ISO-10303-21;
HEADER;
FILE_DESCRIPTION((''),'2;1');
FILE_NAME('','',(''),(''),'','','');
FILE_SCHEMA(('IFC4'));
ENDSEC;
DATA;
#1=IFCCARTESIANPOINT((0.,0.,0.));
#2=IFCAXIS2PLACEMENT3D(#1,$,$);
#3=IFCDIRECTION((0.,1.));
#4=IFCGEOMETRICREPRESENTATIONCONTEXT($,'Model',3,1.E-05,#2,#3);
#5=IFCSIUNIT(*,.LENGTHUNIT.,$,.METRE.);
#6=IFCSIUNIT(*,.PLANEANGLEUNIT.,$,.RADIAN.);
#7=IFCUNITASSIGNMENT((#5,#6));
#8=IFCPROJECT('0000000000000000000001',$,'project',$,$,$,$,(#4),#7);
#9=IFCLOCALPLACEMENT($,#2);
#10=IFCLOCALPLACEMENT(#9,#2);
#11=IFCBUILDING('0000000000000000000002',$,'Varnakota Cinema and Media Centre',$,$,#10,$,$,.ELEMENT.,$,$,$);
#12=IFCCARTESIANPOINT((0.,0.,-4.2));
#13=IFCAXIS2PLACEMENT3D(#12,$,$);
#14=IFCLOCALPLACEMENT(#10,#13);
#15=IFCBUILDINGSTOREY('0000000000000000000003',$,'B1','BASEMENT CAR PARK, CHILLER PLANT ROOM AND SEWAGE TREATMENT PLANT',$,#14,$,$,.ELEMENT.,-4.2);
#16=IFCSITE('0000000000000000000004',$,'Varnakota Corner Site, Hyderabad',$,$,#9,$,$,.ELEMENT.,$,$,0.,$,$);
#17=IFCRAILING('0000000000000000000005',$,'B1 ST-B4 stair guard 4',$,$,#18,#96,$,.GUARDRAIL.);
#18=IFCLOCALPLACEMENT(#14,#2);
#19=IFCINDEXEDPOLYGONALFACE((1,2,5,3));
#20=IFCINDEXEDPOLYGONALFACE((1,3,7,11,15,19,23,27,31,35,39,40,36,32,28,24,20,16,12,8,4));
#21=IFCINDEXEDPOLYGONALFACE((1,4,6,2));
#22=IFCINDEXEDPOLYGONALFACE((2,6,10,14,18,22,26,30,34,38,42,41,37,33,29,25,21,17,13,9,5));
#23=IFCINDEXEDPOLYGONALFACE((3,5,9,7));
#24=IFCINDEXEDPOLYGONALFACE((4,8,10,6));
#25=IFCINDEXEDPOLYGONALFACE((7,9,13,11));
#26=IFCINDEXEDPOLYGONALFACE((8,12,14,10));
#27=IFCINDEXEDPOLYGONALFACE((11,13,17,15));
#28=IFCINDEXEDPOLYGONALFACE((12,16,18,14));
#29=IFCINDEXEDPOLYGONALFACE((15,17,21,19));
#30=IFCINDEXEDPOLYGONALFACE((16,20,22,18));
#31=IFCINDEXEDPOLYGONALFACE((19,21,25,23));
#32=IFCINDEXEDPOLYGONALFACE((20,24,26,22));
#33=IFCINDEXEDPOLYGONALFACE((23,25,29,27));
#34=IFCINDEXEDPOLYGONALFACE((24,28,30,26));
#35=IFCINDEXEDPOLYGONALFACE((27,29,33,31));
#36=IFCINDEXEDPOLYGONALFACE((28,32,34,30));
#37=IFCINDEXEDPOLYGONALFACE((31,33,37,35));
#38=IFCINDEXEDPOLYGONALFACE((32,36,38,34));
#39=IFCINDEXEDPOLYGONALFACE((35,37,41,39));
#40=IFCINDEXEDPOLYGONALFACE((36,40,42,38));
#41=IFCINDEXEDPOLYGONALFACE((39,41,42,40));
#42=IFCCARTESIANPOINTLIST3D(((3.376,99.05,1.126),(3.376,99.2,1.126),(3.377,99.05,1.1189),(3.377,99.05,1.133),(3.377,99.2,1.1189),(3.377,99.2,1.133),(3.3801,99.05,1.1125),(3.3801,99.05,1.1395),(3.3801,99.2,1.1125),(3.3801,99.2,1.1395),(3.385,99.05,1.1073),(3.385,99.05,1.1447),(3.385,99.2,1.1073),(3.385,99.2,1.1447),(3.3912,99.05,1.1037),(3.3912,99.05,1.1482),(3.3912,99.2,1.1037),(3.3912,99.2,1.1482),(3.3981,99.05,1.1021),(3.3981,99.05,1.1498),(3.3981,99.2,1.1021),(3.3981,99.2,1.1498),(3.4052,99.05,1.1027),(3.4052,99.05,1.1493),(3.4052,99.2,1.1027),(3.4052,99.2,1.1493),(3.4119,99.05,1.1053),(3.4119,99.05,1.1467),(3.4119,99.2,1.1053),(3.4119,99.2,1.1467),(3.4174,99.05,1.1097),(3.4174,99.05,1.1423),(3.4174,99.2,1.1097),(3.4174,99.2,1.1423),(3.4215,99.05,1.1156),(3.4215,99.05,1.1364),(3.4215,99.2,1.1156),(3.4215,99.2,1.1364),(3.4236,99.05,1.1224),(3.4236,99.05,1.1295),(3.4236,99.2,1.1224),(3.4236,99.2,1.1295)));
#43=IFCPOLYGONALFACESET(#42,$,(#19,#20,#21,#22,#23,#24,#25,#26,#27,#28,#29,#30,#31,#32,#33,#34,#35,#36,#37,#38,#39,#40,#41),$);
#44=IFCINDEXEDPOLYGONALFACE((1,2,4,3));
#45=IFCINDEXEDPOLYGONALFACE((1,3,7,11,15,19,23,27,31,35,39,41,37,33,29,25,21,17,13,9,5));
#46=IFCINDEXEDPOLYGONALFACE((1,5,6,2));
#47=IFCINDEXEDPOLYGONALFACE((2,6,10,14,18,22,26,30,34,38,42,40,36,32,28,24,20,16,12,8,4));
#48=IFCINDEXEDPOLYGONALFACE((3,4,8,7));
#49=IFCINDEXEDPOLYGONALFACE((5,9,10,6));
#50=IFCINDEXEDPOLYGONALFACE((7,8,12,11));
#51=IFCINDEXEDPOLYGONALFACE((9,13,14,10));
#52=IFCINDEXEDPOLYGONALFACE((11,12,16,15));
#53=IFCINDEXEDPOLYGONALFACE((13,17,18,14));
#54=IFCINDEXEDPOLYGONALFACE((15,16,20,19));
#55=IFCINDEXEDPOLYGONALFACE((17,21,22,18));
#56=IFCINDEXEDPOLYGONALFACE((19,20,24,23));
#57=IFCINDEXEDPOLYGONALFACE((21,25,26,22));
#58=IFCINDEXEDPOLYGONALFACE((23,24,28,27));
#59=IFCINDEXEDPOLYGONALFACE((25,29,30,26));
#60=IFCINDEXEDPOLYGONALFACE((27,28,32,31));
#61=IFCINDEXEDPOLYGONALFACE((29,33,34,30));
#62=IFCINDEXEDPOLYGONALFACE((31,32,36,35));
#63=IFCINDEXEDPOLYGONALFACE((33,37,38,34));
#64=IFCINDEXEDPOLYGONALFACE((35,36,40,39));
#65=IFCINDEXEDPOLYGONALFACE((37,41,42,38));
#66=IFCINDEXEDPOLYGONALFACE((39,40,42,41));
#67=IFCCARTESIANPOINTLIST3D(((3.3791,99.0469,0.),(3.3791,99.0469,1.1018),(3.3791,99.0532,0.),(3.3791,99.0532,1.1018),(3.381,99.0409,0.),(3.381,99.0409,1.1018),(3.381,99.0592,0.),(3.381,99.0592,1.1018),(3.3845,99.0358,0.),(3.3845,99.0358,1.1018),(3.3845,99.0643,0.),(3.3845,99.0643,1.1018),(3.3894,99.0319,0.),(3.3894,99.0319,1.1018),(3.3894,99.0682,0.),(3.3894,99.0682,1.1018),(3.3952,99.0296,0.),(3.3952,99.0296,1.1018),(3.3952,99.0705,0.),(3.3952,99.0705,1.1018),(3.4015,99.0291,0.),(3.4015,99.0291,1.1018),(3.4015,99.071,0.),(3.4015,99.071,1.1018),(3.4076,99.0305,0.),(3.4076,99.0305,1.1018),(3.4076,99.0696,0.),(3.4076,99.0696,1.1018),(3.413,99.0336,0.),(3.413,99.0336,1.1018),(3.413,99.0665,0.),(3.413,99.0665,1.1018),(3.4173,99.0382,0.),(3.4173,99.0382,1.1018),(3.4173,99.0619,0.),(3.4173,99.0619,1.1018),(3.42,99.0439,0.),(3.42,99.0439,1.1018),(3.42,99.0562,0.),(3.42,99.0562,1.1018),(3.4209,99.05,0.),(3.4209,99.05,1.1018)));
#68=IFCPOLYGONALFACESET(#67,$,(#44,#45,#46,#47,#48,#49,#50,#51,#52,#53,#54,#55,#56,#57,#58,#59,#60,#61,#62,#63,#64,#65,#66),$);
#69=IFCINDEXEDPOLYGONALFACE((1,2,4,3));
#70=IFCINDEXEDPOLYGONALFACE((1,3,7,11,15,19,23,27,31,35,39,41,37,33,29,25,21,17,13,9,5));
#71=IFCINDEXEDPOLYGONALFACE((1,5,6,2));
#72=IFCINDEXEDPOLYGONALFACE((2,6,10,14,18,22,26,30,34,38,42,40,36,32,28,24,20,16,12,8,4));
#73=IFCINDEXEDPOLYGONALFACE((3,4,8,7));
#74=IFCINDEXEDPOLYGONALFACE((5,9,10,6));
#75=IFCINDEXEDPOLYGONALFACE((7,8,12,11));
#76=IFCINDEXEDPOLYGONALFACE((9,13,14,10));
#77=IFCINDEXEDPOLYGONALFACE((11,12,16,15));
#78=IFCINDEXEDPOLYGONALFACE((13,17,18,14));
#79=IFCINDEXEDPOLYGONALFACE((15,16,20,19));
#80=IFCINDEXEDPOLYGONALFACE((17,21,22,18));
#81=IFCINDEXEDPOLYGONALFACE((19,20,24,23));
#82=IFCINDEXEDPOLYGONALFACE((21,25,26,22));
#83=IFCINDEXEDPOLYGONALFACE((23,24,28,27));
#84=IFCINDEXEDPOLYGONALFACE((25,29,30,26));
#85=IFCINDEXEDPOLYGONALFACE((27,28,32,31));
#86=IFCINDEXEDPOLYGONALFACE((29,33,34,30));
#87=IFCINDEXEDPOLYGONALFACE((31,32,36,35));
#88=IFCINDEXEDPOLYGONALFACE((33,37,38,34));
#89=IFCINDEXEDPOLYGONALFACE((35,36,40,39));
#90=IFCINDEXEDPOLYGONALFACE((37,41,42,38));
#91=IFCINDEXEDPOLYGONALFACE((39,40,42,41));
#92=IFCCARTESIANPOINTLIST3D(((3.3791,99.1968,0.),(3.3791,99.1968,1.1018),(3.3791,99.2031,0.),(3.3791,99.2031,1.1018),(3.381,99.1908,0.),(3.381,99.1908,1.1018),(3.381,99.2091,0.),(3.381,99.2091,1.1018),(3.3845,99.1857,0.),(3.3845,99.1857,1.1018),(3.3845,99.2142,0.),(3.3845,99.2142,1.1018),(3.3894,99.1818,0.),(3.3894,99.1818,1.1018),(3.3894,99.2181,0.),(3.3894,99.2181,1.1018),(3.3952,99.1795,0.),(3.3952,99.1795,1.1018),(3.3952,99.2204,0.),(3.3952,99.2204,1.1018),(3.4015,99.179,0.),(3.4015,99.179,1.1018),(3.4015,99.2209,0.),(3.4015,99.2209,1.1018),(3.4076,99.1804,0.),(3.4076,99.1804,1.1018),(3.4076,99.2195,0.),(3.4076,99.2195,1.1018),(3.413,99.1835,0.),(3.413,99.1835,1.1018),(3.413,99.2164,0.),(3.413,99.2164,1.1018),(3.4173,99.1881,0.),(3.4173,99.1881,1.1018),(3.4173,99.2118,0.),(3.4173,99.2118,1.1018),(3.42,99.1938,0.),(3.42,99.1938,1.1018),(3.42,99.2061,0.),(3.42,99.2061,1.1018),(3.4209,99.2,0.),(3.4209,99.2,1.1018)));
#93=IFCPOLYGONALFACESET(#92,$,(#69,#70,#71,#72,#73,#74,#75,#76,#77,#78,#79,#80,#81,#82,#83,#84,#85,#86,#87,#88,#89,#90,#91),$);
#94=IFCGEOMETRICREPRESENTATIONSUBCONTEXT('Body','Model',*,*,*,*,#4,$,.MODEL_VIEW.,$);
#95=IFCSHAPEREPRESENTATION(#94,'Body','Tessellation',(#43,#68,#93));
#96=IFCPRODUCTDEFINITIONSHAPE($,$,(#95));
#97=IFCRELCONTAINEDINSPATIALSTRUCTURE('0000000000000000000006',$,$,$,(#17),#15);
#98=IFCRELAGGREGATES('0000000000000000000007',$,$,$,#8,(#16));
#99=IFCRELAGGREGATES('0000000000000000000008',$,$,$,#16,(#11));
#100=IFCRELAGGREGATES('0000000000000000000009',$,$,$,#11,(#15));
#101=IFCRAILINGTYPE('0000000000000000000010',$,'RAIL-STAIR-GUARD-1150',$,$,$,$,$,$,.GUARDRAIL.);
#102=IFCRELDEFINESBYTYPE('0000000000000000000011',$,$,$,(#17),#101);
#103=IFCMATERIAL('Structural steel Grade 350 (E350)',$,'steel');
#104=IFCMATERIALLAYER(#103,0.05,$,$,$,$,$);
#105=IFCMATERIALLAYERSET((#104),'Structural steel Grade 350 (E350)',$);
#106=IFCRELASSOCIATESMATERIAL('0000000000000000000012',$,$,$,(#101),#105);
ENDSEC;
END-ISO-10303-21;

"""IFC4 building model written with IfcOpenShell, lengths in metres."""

from ifc_helpers import new_model, si_unit, direction, frame, origin, origin_2d, place, context, subcontext, project, spatial, circle, extrude, material, layer, layer_set, type_object, element, save


model = new_model("IFC4")

# Units and contexts
model_context = context("Model", 3, precision=1e-05, world=origin(), true_north=direction((0.0, 1.0)))
body_context = subcontext(model_context, "Body", "Model", "MODEL_VIEW")
ifc_project = project(units=[si_unit("LENGTHUNIT", "METRE"), si_unit("PLANEANGLEUNIT", "RADIAN")], contexts=[model_context])

# Site, building, storey
site_placement = place(None, origin())
site = spatial("IfcSite", under=ifc_project, at=site_placement, Name="Varnakota Corner Site, Hyderabad", CompositionType="ELEMENT", RefElevation=0.0)
building_placement = place(site_placement, origin())
building = spatial("IfcBuilding", under=site, at=building_placement, Name="Varnakota Cinema and Media Centre", CompositionType="ELEMENT")
storey_placement = place(building_placement, frame((0.0, 0.0, -4.2)))
storey = spatial("IfcBuildingStorey", under=building, at=storey_placement, Name="B1", Description="BASEMENT CAR PARK, CHILLER PLANT ROOM AND SEWAGE TREATMENT PLANT", CompositionType="ELEMENT", Elevation=-4.2)

# Railing
ifc_material_1 = material(Name="Structural steel Grade 350 (E350)", Category="steel")
ifc_layer_1 = layer(ifc_material_1, 0.05)
ifc_layer_set_1 = layer_set([ifc_layer_1], Name="Structural steel Grade 350 (E350)")
railing_type_1 = type_object("IfcRailingType", Name="RAIL-STAIR-GUARD-1150", PredefinedType="GUARDRAIL", material=ifc_layer_set_1)
railing_1_placement = place(storey_placement, frame((3.3999, 99.05, 0.0)))
element("IfcRailing", 1, at=railing_1_placement, inside=storey, type_object=railing_type_1, Name="B1 ST-B4 stair guard 4", PredefinedType="GUARDRAIL", context=body_context, shape_type="SweptSolid", body=[
    extrude(circle(Radius=0.0239, at=origin_2d()), frame((0.0, 0.0, 1.126), z_axis=(0.0, 1.0, 0.0), x_axis=(-1.0, 0.0, 0.0)), (0.0, 0.0, 1.0), 0.1499),
    extrude(circle(Radius=0.021, at=origin_2d()), origin(), (0.0, 0.0, 1.0), 1.1018),
    extrude(circle(Radius=0.021, at=origin_2d()), frame((0.0, 0.1499, 0.0)), (0.0, 0.0, 1.0), 1.1018),
])

save(model, "model.ifc")
